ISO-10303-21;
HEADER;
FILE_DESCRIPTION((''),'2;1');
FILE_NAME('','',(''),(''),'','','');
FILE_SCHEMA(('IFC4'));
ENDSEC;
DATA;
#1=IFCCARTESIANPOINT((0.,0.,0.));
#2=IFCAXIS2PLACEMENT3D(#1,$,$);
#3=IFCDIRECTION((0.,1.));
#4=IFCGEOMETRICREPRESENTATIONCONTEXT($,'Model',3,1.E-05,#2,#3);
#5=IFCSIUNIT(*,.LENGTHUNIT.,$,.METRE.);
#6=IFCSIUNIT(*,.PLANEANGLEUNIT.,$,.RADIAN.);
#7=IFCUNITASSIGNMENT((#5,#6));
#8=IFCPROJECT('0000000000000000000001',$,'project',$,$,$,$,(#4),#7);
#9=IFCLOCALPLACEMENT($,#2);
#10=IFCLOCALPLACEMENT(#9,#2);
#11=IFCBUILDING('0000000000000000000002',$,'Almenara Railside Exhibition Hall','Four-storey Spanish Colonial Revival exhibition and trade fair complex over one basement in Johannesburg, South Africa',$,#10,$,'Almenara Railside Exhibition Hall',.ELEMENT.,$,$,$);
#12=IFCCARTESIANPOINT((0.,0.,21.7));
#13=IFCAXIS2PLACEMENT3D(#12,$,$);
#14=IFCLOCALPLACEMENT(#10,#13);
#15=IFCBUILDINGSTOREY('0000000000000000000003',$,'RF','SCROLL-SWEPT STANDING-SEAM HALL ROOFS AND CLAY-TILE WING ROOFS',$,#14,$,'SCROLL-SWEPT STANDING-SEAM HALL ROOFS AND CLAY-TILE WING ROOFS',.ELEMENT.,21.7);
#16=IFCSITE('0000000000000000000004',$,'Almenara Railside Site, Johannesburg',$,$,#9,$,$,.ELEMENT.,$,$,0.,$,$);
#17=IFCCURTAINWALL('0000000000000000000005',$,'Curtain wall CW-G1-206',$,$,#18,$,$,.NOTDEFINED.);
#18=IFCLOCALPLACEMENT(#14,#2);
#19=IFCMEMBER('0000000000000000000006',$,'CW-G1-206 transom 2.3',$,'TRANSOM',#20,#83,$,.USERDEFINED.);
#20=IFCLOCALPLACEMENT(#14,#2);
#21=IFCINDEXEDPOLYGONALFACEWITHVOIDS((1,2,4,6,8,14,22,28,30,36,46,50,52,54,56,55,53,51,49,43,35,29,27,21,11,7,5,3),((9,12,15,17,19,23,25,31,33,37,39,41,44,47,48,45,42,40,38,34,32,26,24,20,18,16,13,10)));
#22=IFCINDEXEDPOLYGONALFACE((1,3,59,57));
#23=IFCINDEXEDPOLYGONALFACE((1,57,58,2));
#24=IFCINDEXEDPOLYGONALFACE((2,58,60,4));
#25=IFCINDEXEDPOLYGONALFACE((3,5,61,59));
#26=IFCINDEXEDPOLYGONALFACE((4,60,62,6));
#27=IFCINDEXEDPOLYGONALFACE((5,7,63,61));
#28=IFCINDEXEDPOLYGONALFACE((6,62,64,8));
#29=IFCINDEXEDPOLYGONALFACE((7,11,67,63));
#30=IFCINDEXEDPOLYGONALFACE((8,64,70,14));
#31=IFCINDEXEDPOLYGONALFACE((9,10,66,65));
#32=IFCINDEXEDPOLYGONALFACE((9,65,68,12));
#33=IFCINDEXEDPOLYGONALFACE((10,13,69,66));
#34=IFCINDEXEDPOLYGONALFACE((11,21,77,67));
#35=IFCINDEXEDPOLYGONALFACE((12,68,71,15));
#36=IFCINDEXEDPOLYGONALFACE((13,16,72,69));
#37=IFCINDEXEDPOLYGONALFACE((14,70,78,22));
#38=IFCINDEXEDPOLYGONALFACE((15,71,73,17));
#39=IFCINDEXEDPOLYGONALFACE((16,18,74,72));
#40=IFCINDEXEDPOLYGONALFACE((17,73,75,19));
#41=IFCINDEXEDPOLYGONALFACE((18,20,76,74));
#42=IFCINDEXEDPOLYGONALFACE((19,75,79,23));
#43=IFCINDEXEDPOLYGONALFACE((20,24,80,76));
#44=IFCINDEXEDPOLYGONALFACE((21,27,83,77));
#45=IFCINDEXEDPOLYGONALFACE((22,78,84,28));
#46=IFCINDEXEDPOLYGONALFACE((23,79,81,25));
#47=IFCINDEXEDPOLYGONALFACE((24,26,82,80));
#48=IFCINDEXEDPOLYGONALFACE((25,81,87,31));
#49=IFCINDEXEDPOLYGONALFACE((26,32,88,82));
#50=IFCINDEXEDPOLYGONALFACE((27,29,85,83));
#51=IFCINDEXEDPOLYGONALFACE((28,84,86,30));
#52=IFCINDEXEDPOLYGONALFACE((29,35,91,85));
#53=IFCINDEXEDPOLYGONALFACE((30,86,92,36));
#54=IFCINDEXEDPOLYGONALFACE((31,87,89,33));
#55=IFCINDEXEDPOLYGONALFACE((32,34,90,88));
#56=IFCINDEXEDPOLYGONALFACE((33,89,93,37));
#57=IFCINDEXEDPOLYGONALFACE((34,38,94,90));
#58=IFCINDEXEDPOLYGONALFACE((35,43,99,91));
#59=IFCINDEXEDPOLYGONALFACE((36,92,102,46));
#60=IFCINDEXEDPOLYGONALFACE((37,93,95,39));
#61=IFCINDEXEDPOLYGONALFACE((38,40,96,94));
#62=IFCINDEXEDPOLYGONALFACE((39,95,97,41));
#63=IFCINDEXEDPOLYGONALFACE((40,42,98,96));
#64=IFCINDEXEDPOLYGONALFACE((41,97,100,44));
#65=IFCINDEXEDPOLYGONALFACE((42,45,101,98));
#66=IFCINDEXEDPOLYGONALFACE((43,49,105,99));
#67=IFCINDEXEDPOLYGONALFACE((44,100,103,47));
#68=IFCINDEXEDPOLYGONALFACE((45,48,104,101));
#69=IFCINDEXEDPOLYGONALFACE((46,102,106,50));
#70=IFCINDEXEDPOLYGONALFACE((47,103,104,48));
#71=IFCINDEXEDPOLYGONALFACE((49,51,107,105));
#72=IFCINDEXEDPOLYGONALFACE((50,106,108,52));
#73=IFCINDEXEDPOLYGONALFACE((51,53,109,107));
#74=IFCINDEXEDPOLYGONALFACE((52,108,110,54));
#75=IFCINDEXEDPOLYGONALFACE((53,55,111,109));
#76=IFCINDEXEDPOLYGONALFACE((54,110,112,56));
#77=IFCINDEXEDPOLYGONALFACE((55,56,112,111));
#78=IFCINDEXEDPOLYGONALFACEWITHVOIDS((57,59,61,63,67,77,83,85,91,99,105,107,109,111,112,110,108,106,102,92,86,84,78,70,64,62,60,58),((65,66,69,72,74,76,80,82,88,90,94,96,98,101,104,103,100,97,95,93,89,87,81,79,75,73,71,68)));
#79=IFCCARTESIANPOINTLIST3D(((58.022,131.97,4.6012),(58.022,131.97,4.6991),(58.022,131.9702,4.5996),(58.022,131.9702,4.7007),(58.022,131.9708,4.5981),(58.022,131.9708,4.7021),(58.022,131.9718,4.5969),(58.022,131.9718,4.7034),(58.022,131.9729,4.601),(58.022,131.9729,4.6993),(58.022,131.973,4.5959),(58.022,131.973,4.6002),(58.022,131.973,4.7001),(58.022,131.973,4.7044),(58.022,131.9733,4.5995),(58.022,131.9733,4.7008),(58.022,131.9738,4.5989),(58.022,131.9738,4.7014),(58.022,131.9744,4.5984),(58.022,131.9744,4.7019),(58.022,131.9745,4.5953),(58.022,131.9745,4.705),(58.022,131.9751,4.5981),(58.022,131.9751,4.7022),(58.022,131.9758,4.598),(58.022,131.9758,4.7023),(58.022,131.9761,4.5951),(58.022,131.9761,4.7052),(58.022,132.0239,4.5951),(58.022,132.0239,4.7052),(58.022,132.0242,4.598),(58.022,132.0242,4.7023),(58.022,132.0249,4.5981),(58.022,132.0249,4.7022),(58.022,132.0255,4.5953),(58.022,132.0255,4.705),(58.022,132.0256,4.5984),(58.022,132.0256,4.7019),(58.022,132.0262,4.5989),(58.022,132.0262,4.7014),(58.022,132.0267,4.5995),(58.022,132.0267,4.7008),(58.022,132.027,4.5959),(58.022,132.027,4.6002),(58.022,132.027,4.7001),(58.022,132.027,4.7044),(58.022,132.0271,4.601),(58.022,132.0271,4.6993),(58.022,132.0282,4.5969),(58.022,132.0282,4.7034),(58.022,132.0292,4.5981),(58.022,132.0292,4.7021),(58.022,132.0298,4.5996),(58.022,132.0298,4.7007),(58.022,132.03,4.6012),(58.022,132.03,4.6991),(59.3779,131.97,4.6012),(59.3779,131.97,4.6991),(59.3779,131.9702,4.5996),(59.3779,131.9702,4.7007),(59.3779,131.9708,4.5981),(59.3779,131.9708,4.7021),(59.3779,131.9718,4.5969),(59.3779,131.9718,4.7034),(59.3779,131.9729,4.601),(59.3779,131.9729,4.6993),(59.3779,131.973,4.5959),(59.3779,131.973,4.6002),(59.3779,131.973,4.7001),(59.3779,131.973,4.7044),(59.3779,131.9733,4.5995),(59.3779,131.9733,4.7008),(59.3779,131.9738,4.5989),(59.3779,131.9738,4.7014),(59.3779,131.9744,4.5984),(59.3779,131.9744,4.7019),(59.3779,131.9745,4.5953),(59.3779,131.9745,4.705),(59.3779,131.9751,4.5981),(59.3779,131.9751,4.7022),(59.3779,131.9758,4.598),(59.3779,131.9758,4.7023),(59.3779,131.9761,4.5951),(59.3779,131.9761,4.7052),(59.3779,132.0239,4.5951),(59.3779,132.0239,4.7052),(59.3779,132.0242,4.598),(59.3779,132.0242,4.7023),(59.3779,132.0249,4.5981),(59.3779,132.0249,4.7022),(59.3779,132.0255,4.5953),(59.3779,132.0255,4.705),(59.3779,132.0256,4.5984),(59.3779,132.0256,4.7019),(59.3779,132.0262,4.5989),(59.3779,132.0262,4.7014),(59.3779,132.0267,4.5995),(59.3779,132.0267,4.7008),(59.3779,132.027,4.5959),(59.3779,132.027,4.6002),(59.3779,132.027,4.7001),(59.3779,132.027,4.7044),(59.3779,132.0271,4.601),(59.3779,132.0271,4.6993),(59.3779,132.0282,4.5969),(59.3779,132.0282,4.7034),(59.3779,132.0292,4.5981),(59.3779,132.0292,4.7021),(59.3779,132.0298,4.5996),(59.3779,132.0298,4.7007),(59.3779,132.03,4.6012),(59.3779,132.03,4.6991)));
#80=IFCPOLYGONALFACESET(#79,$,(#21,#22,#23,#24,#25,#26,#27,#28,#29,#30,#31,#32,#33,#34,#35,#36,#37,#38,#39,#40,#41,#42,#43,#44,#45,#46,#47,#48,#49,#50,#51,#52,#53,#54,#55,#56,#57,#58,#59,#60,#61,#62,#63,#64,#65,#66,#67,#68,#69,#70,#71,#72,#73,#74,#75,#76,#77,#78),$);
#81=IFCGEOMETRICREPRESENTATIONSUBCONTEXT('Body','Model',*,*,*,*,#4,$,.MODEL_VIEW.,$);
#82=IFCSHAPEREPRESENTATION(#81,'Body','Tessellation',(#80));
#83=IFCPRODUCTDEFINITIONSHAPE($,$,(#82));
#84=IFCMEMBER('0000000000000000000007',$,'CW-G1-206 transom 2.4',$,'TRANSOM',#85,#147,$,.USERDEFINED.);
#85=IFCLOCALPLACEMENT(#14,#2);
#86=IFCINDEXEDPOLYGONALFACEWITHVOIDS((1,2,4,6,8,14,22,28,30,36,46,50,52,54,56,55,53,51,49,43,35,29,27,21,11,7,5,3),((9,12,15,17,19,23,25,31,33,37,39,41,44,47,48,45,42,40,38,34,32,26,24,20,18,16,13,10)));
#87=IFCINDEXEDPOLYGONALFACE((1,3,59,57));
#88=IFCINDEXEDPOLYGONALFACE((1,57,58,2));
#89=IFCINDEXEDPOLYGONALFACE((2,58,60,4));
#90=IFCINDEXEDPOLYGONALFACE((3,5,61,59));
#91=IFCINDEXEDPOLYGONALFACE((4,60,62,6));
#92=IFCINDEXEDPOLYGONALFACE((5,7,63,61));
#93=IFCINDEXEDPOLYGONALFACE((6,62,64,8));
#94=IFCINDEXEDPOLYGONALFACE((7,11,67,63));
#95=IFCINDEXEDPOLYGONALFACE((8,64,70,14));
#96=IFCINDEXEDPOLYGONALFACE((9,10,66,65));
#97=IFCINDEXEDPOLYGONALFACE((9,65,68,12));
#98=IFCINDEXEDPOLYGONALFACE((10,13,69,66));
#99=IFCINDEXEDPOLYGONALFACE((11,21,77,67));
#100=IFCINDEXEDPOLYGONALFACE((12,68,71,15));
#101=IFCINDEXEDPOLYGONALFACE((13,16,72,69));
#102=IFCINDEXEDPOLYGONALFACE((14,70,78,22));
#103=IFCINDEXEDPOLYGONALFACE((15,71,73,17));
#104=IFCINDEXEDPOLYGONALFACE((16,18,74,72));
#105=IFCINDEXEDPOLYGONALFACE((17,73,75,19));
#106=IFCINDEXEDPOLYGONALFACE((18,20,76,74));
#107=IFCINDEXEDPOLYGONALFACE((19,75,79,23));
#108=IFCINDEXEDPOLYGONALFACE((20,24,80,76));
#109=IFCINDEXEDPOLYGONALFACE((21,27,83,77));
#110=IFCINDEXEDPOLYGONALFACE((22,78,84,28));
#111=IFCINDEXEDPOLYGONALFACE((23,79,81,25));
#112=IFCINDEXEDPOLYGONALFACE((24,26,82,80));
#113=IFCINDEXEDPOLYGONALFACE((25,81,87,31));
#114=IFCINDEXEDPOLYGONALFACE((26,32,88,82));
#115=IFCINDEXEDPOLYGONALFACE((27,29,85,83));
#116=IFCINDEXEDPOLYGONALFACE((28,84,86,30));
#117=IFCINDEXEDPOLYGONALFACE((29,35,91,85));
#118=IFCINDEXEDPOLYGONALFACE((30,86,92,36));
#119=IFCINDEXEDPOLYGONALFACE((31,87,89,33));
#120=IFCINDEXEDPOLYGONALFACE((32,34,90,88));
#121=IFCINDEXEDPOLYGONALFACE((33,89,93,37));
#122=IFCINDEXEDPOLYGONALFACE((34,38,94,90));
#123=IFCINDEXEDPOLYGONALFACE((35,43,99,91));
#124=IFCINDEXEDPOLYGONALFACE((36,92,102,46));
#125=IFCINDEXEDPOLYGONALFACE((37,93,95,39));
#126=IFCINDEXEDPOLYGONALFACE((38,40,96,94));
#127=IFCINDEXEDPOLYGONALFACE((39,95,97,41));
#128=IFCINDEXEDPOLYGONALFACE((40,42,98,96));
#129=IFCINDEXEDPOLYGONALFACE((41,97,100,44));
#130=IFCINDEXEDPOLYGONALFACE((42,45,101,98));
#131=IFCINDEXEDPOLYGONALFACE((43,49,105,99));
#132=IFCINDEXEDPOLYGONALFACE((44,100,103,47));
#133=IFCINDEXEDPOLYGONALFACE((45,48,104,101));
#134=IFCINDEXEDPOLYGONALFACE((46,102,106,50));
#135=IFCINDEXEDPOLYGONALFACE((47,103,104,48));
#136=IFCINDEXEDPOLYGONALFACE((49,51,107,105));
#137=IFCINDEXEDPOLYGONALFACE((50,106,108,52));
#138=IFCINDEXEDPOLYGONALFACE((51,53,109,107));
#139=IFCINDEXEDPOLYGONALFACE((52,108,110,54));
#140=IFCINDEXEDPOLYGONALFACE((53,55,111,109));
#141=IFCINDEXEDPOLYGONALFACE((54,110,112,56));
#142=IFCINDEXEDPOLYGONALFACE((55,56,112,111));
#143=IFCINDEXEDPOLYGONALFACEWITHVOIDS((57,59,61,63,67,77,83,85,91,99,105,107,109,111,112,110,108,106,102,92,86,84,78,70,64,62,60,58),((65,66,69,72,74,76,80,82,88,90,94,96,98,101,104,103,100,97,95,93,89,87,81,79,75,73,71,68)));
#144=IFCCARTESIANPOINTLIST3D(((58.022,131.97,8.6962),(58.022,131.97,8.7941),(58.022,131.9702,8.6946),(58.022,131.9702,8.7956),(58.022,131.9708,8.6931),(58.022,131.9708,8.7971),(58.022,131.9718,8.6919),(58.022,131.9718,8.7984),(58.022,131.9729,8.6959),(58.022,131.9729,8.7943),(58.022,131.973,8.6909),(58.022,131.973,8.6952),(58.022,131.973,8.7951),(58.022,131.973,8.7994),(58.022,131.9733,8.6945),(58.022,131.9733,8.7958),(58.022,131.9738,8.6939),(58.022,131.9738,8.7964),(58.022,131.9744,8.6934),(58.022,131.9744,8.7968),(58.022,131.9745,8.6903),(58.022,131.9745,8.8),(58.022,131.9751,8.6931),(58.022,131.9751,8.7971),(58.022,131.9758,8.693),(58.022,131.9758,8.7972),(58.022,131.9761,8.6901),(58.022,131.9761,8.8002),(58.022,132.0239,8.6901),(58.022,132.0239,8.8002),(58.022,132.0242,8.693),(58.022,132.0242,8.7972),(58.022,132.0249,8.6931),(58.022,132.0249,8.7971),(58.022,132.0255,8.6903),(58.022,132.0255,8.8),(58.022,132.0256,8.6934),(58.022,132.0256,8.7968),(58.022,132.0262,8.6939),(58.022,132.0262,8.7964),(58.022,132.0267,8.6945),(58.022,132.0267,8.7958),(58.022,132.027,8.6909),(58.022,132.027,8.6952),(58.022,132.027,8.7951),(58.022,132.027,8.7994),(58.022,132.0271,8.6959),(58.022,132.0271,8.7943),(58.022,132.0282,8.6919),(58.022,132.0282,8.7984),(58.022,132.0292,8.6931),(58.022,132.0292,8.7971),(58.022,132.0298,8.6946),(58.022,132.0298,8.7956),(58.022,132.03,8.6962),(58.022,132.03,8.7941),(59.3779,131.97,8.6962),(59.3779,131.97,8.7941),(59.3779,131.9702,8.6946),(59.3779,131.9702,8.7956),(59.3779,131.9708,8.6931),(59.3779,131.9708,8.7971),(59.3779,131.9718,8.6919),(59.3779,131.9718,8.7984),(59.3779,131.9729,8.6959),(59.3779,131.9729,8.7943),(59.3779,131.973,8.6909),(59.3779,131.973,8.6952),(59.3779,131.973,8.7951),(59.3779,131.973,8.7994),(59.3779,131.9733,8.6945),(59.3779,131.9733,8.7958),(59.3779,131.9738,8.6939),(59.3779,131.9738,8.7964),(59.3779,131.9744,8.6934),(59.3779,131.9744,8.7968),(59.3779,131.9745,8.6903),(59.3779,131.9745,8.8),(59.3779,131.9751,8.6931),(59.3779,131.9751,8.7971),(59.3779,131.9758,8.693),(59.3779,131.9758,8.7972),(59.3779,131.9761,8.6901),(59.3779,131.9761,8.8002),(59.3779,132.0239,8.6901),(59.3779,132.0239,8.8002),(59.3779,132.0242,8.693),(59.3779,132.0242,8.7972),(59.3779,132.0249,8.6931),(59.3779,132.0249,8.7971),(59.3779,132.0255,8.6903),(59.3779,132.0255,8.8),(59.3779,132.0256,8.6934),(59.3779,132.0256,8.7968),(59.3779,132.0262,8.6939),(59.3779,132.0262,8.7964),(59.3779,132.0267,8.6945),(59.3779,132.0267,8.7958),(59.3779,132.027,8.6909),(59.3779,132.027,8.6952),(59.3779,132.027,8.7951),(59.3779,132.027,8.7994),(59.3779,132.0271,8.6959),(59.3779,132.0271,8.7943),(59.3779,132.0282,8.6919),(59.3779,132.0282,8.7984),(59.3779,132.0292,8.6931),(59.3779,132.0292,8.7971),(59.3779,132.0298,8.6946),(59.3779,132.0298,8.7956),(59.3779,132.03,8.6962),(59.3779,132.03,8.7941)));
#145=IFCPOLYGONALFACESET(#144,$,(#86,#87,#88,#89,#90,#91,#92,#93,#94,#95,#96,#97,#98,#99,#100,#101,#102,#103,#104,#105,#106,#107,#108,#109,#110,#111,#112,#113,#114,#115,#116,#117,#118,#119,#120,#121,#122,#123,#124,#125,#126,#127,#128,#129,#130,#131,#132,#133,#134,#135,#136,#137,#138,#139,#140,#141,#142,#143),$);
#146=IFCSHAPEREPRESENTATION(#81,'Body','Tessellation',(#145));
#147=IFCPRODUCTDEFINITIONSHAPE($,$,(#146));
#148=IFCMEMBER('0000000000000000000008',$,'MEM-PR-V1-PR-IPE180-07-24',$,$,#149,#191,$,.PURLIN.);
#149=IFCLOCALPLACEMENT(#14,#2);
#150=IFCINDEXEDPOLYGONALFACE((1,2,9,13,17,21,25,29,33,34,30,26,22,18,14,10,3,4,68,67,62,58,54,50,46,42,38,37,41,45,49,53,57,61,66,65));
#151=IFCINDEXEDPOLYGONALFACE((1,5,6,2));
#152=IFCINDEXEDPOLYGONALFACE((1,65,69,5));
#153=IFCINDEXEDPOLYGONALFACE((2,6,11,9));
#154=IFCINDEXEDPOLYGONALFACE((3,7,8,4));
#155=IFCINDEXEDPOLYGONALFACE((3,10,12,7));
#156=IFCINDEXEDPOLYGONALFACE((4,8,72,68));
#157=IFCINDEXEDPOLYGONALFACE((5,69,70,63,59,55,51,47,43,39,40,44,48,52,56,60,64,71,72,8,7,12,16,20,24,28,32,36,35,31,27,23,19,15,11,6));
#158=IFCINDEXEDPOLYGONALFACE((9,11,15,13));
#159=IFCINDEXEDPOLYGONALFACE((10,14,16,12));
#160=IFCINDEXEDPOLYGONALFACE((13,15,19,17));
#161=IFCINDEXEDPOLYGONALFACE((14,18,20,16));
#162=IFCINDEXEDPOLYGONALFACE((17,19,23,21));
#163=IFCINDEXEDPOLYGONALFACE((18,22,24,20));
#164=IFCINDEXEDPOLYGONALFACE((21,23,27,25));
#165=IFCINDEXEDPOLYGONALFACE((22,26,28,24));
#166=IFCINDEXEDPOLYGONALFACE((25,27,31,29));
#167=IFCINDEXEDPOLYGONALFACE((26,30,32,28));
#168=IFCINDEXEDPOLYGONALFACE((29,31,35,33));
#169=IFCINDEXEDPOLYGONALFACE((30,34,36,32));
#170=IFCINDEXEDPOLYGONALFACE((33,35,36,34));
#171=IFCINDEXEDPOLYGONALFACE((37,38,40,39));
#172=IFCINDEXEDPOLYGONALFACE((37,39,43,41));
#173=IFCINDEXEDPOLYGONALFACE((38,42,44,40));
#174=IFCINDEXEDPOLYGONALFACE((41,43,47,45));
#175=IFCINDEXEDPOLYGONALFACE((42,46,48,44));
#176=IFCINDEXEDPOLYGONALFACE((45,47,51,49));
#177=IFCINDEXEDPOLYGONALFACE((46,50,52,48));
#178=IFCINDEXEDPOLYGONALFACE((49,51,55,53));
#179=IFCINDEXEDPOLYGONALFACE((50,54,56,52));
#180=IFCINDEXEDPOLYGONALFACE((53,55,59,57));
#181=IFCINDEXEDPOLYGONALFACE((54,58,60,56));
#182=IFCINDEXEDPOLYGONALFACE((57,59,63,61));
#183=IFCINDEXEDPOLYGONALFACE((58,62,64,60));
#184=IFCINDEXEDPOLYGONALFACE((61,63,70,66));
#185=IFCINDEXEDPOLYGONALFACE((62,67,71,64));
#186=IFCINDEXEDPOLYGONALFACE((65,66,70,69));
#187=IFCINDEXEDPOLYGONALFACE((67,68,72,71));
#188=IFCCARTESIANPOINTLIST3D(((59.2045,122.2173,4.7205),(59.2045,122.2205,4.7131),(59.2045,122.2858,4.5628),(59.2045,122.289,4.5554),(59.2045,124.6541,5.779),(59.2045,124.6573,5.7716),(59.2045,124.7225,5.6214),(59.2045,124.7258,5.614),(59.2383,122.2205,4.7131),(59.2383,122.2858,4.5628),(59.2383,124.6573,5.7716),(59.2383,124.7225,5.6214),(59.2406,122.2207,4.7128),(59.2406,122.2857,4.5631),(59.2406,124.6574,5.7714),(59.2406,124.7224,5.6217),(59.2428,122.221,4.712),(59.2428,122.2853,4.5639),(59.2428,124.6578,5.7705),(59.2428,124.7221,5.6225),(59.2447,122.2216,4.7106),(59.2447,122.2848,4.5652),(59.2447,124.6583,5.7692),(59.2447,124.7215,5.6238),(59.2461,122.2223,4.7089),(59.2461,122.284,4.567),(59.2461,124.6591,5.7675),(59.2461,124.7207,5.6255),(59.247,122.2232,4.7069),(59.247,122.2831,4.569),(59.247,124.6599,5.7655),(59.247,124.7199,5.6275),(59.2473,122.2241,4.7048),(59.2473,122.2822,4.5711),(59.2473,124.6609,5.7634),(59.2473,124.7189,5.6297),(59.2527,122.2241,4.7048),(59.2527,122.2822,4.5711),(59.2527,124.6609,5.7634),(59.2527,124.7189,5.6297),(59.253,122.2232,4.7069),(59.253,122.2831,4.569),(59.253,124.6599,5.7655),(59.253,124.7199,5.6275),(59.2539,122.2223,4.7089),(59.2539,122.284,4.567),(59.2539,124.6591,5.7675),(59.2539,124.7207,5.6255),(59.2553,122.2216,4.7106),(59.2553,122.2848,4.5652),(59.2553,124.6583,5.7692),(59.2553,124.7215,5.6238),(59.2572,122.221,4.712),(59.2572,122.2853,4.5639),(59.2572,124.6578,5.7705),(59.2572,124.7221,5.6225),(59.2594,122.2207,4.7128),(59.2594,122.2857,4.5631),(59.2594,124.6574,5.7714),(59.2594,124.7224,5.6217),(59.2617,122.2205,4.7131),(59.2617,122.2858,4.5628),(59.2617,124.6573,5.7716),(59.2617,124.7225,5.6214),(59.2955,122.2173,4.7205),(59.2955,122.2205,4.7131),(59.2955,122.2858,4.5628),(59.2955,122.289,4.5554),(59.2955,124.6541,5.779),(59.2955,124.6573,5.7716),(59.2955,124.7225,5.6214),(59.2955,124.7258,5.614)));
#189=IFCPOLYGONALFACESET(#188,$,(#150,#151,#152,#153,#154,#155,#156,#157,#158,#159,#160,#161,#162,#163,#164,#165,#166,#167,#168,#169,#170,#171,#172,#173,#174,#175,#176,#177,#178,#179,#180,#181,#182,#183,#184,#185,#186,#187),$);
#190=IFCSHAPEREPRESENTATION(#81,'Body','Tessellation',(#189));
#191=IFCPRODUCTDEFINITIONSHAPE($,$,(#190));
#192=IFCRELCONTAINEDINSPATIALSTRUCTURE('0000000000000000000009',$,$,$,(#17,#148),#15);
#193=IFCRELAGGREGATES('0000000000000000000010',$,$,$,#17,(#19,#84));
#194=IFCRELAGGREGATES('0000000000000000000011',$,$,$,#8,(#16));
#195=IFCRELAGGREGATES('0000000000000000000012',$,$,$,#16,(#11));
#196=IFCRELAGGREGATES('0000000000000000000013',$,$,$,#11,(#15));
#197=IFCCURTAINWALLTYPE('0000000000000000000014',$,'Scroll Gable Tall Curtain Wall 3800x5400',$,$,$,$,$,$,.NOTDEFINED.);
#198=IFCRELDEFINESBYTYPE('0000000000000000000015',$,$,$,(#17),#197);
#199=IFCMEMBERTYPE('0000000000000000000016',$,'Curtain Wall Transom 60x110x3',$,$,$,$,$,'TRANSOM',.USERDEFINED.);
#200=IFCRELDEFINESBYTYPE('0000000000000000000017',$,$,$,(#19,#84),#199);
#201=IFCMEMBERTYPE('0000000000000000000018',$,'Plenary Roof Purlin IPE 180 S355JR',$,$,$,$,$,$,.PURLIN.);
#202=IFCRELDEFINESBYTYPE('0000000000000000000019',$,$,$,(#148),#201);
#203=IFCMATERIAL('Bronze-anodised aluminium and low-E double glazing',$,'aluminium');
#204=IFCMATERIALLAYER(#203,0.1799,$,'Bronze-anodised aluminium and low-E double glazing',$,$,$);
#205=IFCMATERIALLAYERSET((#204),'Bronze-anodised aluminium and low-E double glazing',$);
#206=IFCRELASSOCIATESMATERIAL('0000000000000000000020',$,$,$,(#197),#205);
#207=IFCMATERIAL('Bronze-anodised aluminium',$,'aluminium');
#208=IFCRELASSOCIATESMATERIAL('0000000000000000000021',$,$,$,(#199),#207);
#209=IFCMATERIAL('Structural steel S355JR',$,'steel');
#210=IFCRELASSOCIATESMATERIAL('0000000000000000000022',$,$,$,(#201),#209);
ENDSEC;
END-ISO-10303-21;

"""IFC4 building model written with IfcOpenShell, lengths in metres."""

from ifc_helpers import new_model, si_unit, direction, frame, origin, origin_2d, place, context, subcontext, project, spatial, hollow_rectangle, i_section, extrude, material, layer, layer_set, material_profile, profile_set, type_object, element, aggregate, save


model = new_model("IFC4")

# Units and contexts
model_context = context("Model", 3, precision=1e-05, world=origin(), true_north=direction((0.0, 1.0)))
body_context = subcontext(model_context, "Body", "Model", "MODEL_VIEW")
ifc_project = project(units=[si_unit("LENGTHUNIT", "METRE"), si_unit("PLANEANGLEUNIT", "RADIAN")], contexts=[model_context])

# Site, building, storey
site_placement = place(None, origin())
site = spatial("IfcSite", under=ifc_project, at=site_placement, Name="Almenara Railside Site, Johannesburg", CompositionType="ELEMENT", RefElevation=0.0)
building_placement = place(site_placement, origin())
building = spatial("IfcBuilding", under=site, at=building_placement, Name="Almenara Railside Exhibition Hall", Description="Four-storey Spanish Colonial Revival exhibition and trade fair complex over one basement in Johannesburg, South Africa", LongName="Almenara Railside Exhibition Hall", CompositionType="ELEMENT")
storey_placement = place(building_placement, frame((0.0, 0.0, 21.7)))
storey = spatial("IfcBuildingStorey", under=building, at=storey_placement, Name="RF", Description="SCROLL-SWEPT STANDING-SEAM HALL ROOFS AND CLAY-TILE WING ROOFS", LongName="SCROLL-SWEPT STANDING-SEAM HALL ROOFS AND CLAY-TILE WING ROOFS", CompositionType="ELEMENT", Elevation=21.7)

# Shared definitions
ifc_material_1 = material(Name="Structural steel S355JR", Category="steel")

# Curtain wall, members
ifc_material_2 = material(Name="Bronze-anodised aluminium and low-E double glazing", Category="aluminium")
ifc_layer_1 = layer(ifc_material_2, 0.1799, Name="Bronze-anodised aluminium and low-E double glazing")
ifc_layer_set_1 = layer_set([ifc_layer_1], Name="Bronze-anodised aluminium and low-E double glazing")
curtain_wall_type = type_object("IfcCurtainWallType", Name="Scroll Gable Tall Curtain Wall 3800x5400", PredefinedType="NOTDEFINED", material=ifc_layer_set_1)
curtain_wall_placement = place(storey_placement, origin())
curtain_wall = element("IfcCurtainWall", 1, at=curtain_wall_placement, inside=storey, type_object=curtain_wall_type, Name="Curtain wall CW-G1-206", PredefinedType="NOTDEFINED")
ifc_material_3 = material(Name="Bronze-anodised aluminium", Category="aluminium")
ifc_material_profile_1 = material_profile(ifc_material_3, hollow_rectangle(XDim=0.0601, YDim=0.1101, WallThickness=0.0029, InnerFilletRadius=0.0029, OuterFilletRadius=0.0061, at=origin_2d()), Name="ALU-TRN 60x110x3")
ifc_profile_set_1 = profile_set([ifc_material_profile_1], Name="Bronze-anodised aluminium")
member_type_1 = type_object("IfcMemberType", Name="Curtain Wall Transom 60x110x3", ElementType="TRANSOM", PredefinedType="USERDEFINED", material=ifc_profile_set_1)
member_1_placement = place(storey_placement, frame((58.022, 132.0, 4.6501), z_axis=(1.0, 0.0, 0.0), x_axis=(0.0, 1.0, 0.0)))
member_1 = element("IfcMember", 2, at=member_1_placement, type_object=member_type_1, Name="CW-G1-206 transom 2.3", ObjectType="TRANSOM", PredefinedType="USERDEFINED", context=body_context, shape_type="SweptSolid", body=[
    extrude(hollow_rectangle(XDim=0.0601, YDim=0.1101, WallThickness=0.0029, InnerFilletRadius=0.0029, OuterFilletRadius=0.0061, at=origin_2d()), origin(), (0.0, 0.0, 1.0), 1.356),
])
member_2_placement = place(storey_placement, frame((58.022, 132.0, 8.7451), z_axis=(1.0, 0.0, 0.0), x_axis=(0.0, 1.0, 0.0)))
member_2 = element("IfcMember", 3, at=member_2_placement, type_object=member_type_1, Name="CW-G1-206 transom 2.4", ObjectType="TRANSOM", PredefinedType="USERDEFINED", context=body_context, shape_type="SweptSolid", body=[
    extrude(hollow_rectangle(XDim=0.0601, YDim=0.1101, WallThickness=0.0029, InnerFilletRadius=0.0029, OuterFilletRadius=0.0061, at=origin_2d()), origin(), (0.0, 0.0, 1.0), 1.356),
])

# Member
ifc_material_profile_2 = material_profile(ifc_material_1, i_section(OverallWidth=0.0911, OverallDepth=0.1799, WebThickness=0.0054, FlangeThickness=0.0081, FilletRadius=0.009, at=origin_2d()), Name="IPE 180")
ifc_profile_set_2 = profile_set([ifc_material_profile_2], Name="Structural steel S355JR")
member_type_2 = type_object("IfcMemberType", Name="Plenary Roof Purlin IPE 180 S355JR", PredefinedType="PURLIN", material=ifc_profile_set_2)
member_3_placement = place(storey_placement, frame((59.25, 122.2532, 4.6379), z_axis=(0.0, 0.91719, 0.398451), x_axis=(-1.0, 0.0, 0.0)))
element("IfcMember", 4, at=member_3_placement, inside=storey, type_object=member_type_2, Name="MEM-PR-V1-PR-IPE180-07-24", PredefinedType="PURLIN", context=body_context, shape_type="SweptSolid", body=[
    extrude(i_section(OverallWidth=0.0911, OverallDepth=0.1799, WebThickness=0.0054, FlangeThickness=0.0081, FilletRadius=0.009, at=origin_2d()), origin(), (0.0, 0.0, 1.0), 2.6567),
])

aggregate(curtain_wall, [member_1, member_2])

save(model, "model.ifc")
